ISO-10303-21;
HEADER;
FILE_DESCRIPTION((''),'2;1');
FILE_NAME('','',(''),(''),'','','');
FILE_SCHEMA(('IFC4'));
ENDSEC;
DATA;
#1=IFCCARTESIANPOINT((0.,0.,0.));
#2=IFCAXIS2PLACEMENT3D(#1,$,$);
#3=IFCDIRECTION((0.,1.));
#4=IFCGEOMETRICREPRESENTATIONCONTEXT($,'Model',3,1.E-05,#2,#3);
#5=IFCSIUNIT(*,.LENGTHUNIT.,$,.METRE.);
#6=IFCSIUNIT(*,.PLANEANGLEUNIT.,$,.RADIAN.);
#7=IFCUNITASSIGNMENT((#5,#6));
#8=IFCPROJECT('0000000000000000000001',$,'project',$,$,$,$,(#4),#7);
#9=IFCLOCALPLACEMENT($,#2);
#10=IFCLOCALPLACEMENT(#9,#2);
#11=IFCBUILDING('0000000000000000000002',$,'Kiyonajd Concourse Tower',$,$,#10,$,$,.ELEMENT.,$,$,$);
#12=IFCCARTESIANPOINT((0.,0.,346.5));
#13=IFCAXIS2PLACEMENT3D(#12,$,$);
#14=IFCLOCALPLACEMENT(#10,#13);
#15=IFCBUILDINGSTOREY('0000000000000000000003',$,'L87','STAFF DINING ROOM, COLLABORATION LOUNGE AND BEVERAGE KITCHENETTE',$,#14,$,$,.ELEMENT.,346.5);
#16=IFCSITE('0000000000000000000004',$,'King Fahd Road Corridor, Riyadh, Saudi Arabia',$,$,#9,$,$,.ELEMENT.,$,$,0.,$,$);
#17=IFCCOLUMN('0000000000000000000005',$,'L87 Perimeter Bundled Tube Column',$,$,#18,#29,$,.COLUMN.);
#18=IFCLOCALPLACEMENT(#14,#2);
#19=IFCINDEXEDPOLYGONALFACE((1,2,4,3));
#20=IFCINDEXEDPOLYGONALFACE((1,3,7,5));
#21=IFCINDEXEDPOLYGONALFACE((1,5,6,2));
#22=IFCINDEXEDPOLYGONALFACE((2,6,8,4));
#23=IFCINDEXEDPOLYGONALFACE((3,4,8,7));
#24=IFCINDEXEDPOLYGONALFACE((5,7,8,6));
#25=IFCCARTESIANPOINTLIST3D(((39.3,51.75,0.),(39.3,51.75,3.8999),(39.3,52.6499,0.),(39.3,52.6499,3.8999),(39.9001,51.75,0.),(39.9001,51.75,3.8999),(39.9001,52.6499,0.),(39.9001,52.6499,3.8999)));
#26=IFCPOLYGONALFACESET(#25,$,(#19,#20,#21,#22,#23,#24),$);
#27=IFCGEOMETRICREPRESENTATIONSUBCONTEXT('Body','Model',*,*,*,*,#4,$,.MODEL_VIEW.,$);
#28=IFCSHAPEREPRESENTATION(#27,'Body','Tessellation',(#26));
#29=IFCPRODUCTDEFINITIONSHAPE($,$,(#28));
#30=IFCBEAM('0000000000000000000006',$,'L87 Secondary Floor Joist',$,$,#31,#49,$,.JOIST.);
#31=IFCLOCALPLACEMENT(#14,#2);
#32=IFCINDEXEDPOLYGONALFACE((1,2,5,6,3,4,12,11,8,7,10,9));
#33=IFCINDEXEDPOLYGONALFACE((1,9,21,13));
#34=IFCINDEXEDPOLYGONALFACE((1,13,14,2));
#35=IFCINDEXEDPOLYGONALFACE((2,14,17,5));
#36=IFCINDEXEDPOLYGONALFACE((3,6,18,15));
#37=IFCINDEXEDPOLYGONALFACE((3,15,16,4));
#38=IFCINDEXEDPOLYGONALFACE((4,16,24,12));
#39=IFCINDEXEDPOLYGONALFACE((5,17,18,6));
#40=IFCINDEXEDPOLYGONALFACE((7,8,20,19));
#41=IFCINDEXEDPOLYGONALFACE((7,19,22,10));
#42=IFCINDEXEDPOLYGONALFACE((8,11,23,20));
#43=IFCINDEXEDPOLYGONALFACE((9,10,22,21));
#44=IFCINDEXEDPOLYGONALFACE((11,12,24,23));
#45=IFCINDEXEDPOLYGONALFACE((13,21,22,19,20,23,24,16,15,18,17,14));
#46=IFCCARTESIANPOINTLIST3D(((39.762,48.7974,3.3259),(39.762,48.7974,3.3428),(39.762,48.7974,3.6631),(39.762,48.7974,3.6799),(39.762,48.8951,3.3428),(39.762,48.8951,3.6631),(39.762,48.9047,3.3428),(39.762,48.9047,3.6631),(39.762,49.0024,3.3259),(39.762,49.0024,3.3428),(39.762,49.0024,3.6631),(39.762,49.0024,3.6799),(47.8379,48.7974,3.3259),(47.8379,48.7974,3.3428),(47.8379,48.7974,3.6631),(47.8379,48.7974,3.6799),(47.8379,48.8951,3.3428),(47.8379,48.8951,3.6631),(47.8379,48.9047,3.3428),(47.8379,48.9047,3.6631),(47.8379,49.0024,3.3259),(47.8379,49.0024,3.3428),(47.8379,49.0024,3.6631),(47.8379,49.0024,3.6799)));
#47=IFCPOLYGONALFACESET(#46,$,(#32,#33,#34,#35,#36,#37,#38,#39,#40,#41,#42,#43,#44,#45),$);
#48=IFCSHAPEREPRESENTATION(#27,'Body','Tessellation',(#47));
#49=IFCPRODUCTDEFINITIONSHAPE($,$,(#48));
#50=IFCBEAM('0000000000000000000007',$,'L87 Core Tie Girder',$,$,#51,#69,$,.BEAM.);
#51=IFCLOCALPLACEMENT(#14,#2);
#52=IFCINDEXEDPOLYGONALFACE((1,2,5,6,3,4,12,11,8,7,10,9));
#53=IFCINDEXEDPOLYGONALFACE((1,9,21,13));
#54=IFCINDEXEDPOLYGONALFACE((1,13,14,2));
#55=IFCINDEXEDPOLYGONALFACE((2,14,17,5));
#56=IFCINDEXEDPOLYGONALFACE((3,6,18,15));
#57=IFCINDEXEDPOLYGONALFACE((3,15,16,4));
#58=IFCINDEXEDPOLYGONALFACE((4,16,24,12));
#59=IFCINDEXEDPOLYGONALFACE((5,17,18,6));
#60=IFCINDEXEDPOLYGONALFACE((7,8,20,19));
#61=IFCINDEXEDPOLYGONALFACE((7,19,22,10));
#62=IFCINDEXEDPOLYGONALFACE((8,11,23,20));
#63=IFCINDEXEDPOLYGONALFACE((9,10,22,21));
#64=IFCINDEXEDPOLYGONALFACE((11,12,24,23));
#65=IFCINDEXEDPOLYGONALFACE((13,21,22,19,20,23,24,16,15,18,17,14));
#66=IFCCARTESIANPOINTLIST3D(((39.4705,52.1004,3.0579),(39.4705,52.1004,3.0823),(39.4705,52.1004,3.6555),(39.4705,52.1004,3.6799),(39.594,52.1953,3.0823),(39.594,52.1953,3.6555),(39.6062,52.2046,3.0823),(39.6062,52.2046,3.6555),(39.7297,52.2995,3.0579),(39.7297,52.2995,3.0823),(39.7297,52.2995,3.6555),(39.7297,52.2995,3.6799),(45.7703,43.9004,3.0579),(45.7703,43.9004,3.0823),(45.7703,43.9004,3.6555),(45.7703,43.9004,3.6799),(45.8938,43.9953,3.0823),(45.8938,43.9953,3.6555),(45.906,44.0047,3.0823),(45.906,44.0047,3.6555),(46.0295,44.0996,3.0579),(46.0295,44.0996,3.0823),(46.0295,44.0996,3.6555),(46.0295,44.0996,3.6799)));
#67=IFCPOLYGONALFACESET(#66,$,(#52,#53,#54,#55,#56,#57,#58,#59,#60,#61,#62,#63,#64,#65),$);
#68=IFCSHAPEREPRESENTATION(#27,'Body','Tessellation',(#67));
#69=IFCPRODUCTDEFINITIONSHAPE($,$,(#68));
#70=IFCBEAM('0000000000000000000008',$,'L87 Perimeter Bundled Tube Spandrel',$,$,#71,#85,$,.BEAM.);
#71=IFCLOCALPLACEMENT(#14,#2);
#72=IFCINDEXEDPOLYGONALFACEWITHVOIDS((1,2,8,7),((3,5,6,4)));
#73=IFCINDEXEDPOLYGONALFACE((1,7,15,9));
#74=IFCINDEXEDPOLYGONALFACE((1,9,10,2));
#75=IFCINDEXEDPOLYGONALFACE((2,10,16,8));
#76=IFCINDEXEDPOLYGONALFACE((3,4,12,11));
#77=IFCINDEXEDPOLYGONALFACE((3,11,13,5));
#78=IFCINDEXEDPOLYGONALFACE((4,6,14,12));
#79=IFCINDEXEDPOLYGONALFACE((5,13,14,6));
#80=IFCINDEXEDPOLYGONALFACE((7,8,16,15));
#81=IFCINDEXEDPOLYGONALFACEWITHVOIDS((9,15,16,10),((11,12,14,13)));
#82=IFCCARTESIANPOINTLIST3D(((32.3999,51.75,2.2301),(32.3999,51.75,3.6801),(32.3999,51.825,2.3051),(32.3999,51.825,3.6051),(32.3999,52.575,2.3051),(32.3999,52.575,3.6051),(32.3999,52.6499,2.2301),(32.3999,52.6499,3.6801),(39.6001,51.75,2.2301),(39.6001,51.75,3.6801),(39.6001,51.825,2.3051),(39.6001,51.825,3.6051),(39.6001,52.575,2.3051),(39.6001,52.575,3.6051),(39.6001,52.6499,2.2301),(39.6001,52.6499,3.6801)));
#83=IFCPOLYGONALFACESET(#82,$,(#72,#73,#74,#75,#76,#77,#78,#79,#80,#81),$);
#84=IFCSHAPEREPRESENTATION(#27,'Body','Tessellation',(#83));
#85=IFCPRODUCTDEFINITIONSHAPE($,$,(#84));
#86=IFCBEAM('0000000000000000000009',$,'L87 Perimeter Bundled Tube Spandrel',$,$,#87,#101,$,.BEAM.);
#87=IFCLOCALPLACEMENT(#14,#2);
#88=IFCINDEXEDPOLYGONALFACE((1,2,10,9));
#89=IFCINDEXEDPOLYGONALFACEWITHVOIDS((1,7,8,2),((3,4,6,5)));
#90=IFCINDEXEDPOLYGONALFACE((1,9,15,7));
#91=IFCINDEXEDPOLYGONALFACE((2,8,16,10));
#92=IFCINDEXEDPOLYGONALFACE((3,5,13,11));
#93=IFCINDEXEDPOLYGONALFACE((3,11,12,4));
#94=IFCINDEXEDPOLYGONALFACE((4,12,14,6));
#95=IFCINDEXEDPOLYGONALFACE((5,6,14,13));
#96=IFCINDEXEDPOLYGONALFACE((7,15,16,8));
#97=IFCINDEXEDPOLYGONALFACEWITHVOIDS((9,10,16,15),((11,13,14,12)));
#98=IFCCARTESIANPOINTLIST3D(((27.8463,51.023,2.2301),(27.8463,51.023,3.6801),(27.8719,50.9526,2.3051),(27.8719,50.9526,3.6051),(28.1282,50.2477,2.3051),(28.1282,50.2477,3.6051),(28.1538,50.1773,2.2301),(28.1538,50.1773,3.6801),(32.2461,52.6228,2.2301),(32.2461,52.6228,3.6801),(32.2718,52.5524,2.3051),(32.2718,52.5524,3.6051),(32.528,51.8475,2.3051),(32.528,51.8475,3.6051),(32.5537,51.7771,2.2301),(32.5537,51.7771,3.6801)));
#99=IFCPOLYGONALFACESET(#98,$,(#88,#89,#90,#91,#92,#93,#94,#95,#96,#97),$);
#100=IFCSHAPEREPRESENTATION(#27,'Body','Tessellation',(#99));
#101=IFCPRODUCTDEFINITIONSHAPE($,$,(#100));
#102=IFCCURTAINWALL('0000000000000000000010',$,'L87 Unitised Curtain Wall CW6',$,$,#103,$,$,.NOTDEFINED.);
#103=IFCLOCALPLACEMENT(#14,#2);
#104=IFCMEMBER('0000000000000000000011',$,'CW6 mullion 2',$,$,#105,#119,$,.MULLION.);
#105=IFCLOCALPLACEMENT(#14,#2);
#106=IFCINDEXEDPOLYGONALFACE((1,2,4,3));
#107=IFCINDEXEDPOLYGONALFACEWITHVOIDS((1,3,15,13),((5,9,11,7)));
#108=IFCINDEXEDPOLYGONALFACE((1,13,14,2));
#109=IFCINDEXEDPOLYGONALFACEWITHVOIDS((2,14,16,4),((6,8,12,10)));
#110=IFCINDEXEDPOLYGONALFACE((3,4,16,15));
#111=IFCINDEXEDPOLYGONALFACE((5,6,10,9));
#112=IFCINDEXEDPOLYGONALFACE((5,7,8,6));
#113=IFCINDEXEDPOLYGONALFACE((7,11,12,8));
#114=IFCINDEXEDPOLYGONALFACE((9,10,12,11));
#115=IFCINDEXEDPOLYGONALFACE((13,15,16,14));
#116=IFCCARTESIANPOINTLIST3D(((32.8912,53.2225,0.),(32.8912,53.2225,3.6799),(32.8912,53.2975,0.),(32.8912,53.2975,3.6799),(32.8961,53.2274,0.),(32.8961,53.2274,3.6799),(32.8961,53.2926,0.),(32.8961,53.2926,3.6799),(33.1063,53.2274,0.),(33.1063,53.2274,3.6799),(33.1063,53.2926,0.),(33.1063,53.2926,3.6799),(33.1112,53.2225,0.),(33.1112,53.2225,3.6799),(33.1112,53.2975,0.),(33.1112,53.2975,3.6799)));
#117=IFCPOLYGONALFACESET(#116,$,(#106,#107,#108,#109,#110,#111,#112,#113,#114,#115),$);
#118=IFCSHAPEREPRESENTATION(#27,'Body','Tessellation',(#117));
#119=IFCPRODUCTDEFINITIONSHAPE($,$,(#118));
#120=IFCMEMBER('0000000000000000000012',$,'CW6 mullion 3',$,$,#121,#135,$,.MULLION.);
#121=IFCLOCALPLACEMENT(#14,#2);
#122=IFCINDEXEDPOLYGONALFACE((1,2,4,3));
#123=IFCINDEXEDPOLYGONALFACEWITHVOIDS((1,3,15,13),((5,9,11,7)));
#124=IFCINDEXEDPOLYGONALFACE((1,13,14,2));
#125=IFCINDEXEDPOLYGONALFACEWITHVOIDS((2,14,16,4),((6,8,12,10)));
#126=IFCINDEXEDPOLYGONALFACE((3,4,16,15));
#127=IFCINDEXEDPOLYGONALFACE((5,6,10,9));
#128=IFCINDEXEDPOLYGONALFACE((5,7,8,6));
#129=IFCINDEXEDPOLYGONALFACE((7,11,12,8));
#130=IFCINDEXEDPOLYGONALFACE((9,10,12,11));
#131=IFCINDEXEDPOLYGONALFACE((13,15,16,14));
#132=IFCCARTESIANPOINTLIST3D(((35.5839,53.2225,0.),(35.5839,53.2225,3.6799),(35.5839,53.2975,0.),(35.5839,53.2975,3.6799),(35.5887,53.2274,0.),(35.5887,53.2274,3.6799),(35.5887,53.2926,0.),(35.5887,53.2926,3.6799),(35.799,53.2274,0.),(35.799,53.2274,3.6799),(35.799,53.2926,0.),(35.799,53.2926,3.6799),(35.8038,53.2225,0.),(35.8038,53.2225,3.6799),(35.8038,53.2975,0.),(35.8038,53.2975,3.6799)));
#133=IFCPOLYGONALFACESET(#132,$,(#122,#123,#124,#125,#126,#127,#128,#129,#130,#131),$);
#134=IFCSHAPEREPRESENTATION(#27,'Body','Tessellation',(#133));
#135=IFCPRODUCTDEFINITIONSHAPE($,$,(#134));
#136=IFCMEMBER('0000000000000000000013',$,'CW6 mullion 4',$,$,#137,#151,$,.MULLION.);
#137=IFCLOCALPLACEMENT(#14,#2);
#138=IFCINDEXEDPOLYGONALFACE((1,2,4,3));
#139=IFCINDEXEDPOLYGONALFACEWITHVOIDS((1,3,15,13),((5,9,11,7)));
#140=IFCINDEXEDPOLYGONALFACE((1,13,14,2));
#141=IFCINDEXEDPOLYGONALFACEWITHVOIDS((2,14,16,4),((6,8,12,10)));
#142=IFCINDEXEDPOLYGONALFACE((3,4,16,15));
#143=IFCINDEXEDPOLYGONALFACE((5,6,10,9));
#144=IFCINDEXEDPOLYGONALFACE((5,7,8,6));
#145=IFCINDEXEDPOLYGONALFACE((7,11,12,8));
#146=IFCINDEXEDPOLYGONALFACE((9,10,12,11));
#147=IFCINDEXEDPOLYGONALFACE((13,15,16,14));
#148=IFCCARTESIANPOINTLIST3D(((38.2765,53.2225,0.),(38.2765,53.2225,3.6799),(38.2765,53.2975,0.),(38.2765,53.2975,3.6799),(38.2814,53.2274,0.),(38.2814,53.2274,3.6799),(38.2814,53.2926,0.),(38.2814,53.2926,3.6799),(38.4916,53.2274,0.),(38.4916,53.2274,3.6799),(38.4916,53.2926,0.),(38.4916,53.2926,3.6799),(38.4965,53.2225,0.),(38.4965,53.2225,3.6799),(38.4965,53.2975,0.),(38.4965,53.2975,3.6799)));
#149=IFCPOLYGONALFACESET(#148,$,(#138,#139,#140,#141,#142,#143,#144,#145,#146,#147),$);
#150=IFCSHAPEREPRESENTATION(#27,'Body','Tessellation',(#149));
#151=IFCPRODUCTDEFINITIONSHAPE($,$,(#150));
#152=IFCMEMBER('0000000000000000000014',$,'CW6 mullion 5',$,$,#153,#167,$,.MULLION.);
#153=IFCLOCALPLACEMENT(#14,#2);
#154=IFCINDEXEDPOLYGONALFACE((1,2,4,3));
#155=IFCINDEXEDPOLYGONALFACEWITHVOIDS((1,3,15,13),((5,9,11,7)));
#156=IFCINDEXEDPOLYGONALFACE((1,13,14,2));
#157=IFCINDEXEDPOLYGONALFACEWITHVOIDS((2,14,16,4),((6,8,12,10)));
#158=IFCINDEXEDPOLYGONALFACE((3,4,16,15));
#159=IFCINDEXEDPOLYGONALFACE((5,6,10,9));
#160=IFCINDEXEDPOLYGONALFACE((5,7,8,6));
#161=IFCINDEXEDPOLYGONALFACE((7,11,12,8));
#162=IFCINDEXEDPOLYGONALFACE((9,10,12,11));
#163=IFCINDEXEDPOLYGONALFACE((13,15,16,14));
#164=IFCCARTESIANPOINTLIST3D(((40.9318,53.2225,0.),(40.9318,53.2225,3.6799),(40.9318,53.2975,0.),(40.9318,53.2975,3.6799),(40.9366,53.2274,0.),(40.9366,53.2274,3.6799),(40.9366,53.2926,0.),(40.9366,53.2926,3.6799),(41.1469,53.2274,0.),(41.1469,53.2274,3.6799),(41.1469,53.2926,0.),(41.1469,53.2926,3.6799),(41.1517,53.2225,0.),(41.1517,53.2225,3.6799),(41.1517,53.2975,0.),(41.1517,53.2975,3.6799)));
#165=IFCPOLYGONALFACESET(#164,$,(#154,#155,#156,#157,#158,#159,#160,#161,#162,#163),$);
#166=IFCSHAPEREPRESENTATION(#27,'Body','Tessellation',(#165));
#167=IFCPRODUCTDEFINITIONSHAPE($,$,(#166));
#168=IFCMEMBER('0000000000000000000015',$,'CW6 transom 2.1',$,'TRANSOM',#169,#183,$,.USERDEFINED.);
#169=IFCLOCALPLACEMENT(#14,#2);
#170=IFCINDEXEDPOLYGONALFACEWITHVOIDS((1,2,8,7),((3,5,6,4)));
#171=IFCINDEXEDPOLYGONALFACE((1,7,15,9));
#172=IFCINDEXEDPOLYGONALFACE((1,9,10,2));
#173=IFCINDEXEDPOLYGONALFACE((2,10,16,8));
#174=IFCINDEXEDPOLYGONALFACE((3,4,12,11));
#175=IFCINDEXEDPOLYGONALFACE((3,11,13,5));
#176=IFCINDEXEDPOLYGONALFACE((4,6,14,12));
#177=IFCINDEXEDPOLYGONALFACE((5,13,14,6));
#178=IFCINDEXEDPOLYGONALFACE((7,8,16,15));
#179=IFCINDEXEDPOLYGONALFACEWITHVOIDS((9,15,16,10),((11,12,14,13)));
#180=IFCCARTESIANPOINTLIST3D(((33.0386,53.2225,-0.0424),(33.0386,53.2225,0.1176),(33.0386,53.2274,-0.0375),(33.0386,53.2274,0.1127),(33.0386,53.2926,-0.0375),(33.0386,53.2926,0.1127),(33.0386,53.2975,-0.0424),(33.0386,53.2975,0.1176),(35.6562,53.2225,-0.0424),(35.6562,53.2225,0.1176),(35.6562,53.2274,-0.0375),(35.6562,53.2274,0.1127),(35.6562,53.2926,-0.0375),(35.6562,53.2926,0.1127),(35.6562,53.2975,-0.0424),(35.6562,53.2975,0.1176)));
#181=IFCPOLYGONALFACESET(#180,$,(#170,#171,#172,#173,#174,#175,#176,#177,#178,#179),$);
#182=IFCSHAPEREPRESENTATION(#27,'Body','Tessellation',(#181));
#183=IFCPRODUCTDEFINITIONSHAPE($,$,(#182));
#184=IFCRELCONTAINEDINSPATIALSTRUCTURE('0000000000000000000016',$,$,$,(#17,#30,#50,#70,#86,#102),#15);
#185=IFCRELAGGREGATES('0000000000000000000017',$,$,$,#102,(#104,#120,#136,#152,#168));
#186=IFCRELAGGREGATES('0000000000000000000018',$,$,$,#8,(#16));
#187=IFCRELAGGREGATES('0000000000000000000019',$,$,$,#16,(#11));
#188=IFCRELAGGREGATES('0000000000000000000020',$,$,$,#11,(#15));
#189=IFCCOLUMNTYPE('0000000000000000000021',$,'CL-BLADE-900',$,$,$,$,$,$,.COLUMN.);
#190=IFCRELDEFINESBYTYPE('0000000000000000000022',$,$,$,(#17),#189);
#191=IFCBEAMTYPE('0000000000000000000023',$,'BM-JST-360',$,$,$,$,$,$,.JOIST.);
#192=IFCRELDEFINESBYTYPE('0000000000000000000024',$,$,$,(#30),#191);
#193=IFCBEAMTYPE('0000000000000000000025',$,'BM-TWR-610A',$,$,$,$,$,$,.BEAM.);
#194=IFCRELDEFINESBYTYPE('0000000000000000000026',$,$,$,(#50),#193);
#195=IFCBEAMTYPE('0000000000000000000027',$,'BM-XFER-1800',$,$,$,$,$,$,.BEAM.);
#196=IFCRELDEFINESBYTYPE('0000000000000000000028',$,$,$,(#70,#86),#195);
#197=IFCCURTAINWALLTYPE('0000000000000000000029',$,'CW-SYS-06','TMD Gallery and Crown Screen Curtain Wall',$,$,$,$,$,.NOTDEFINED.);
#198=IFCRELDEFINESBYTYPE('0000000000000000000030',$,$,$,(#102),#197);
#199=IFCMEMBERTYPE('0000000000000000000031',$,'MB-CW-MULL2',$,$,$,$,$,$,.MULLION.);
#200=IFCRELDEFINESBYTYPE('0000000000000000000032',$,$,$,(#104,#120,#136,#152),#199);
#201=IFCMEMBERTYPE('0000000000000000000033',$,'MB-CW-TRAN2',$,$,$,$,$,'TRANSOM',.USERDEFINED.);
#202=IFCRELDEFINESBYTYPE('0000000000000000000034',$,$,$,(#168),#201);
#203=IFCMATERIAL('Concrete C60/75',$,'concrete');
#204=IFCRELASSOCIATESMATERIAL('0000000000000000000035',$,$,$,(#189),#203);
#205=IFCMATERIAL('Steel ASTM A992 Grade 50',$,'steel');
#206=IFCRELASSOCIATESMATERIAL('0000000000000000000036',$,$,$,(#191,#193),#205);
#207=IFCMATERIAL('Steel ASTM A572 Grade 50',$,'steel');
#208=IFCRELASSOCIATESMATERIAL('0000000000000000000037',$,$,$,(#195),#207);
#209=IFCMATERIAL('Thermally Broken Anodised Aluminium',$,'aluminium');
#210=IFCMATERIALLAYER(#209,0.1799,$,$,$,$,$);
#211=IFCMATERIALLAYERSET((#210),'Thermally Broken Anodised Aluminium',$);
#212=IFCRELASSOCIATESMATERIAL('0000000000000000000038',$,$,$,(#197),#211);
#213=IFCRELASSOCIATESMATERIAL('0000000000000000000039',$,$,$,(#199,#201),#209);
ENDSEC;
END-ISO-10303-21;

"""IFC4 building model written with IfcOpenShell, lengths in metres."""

from ifc_helpers import new_model, si_unit, direction, frame, origin, origin_2d, place, context, subcontext, project, spatial, rectangle, hollow_rectangle, i_section, extrude, material, layer, layer_set, material_profile, profile_set, type_object, element, aggregate, save


model = new_model("IFC4")

# Units and contexts
model_context = context("Model", 3, precision=1e-05, world=origin(), true_north=direction((0.0, 1.0)))
body_context = subcontext(model_context, "Body", "Model", "MODEL_VIEW")
ifc_project = project(units=[si_unit("LENGTHUNIT", "METRE"), si_unit("PLANEANGLEUNIT", "RADIAN")], contexts=[model_context])

# Site, building, storey
site_placement = place(None, origin())
site = spatial("IfcSite", under=ifc_project, at=site_placement, Name="King Fahd Road Corridor, Riyadh, Saudi Arabia", CompositionType="ELEMENT", RefElevation=0.0)
building_placement = place(site_placement, origin())
building = spatial("IfcBuilding", under=site, at=building_placement, Name="Kiyonajd Concourse Tower", CompositionType="ELEMENT")
storey_placement = place(building_placement, frame((0.0, 0.0, 346.5)))
storey = spatial("IfcBuildingStorey", under=building, at=storey_placement, Name="L87", Description="STAFF DINING ROOM, COLLABORATION LOUNGE AND BEVERAGE KITCHENETTE", CompositionType="ELEMENT", Elevation=346.5)

# Column
ifc_material_1 = material(Name="Concrete C60/75", Category="concrete")
ifc_material_profile_1 = material_profile(ifc_material_1, rectangle(XDim=0.6001, YDim=0.8999, at=origin_2d()), Name="RC-900x600")
ifc_profile_set_1 = profile_set([ifc_material_profile_1], Name="Concrete C60/75")
column_type = type_object("IfcColumnType", Name="CL-BLADE-900", PredefinedType="COLUMN", material=ifc_profile_set_1)
column_placement = place(storey_placement, frame((39.6001, 52.2, 0.0), z_axis=(0.0, 0.0, 1.0), x_axis=(1.0, 0.0, 0.0)))
element("IfcColumn", 1, at=column_placement, inside=storey, type_object=column_type, Name="L87 Perimeter Bundled Tube Column", PredefinedType="COLUMN", context=body_context, shape_type="SweptSolid", body=[
    extrude(rectangle(XDim=0.6001, YDim=0.8999, at=origin_2d()), origin(), (0.0, 0.0, 1.0), 3.8999),
])

# Beams
ifc_material_2 = material(Name="Steel ASTM A992 Grade 50", Category="steel")
ifc_material_profile_2 = material_profile(ifc_material_2, i_section(OverallWidth=0.2051, OverallDepth=0.354, WebThickness=0.0095, FlangeThickness=0.0168, at=origin_2d()), Name="W360X79")
ifc_profile_set_2 = profile_set([ifc_material_profile_2], Name="Steel ASTM A992 Grade 50")
beam_type_1 = type_object("IfcBeamType", Name="BM-JST-360", PredefinedType="JOIST", material=ifc_profile_set_2)
beam_1_placement = place(storey_placement, frame((39.762, 48.8999, 3.5029), z_axis=(1.0, 0.0, 0.0), x_axis=(0.0, 1.0, 0.0)))
element("IfcBeam", 2, at=beam_1_placement, inside=storey, type_object=beam_type_1, Name="L87 Secondary Floor Joist", PredefinedType="JOIST", context=body_context, shape_type="SweptSolid", body=[
    extrude(i_section(OverallWidth=0.2051, OverallDepth=0.354, WebThickness=0.0095, FlangeThickness=0.0168, at=origin_2d()), origin(), (0.0, 0.0, 1.0), 8.0759),
])
ifc_material_profile_3 = material_profile(ifc_material_2, i_section(OverallWidth=0.3269, OverallDepth=0.6221, WebThickness=0.0154, FlangeThickness=0.0244, at=origin_2d()), Name="W610X195")
ifc_profile_set_3 = profile_set([ifc_material_profile_3], Name="Steel ASTM A992 Grade 50")
beam_type_2 = type_object("IfcBeamType", Name="BM-TWR-610A", PredefinedType="BEAM", material=ifc_profile_set_3)
beam_2_placement = place(storey_placement, frame((39.6001, 52.2, 3.3689), z_axis=(0.609234, -0.792991, 0.0), x_axis=(0.792991, 0.609234, 0.0)))
element("IfcBeam", 3, at=beam_2_placement, inside=storey, type_object=beam_type_2, Name="L87 Core Tie Girder", PredefinedType="BEAM", context=body_context, shape_type="SweptSolid", body=[
    extrude(i_section(OverallWidth=0.3269, OverallDepth=0.6221, WebThickness=0.0154, FlangeThickness=0.0244, at=origin_2d()), origin(), (0.0, 0.0, 1.0), 10.3406),
])
ifc_material_3 = material(Name="Steel ASTM A572 Grade 50", Category="steel")
ifc_material_profile_4 = material_profile(ifc_material_3, hollow_rectangle(XDim=0.8999, YDim=1.45, WallThickness=0.075, at=origin_2d()), Name="BOX-1450x900x75")
ifc_profile_set_4 = profile_set([ifc_material_profile_4], Name="Steel ASTM A572 Grade 50")
beam_type_3 = type_object("IfcBeamType", Name="BM-XFER-1800", PredefinedType="BEAM", material=ifc_profile_set_4)
beam_3_placement = place(storey_placement, frame((39.6001, 52.2, 2.9551), z_axis=(-1.0, 0.0, 0.0), x_axis=(0.0, -1.0, 0.0)))
element("IfcBeam", 4, at=beam_3_placement, inside=storey, type_object=beam_type_3, Name="L87 Perimeter Bundled Tube Spandrel", PredefinedType="BEAM", context=body_context, shape_type="SweptSolid", body=[
    extrude(hollow_rectangle(XDim=0.8999, YDim=1.45, WallThickness=0.075, at=origin_2d()), origin(), (0.0, 0.0, 1.0), 7.2002),
])
beam_4_placement = place(storey_placement, frame((32.3999, 52.2, 2.9551), z_axis=(-0.939801, -0.341722, 0.0), x_axis=(0.341722, -0.939801, 0.0)))
element("IfcBeam", 5, at=beam_4_placement, inside=storey, type_object=beam_type_3, Name="L87 Perimeter Bundled Tube Spandrel", PredefinedType="BEAM", context=body_context, shape_type="SweptSolid", body=[
    extrude(hollow_rectangle(XDim=0.8999, YDim=1.45, WallThickness=0.075, at=origin_2d()), origin(), (0.0, 0.0, 1.0), 4.6816),
])

# Curtain wall, members
ifc_material_4 = material(Name="Thermally Broken Anodised Aluminium", Category="aluminium")
ifc_layer_1 = layer(ifc_material_4, 0.1799)
ifc_layer_set_1 = layer_set([ifc_layer_1], Name="Thermally Broken Anodised Aluminium")
curtain_wall_type = type_object("IfcCurtainWallType", Name="CW-SYS-06", Description="TMD Gallery and Crown Screen Curtain Wall", PredefinedType="NOTDEFINED", material=ifc_layer_set_1)
curtain_wall_placement = place(storey_placement, origin())
curtain_wall = element("IfcCurtainWall", 6, at=curtain_wall_placement, inside=storey, type_object=curtain_wall_type, Name="L87 Unitised Curtain Wall CW6", PredefinedType="NOTDEFINED")
ifc_material_profile_5 = material_profile(ifc_material_4, hollow_rectangle(XDim=0.075, YDim=0.22, WallThickness=0.0049, at=origin_2d()), Name="MULL-75x220")
ifc_profile_set_5 = profile_set([ifc_material_profile_5], Name="Thermally Broken Anodised Aluminium")
member_type_1 = type_object("IfcMemberType", Name="MB-CW-MULL2", PredefinedType="MULLION", material=ifc_profile_set_5)
member_1_placement = place(storey_placement, frame((33.0012, 53.26, 0.0), z_axis=(0.0, 0.0, 1.0), x_axis=(0.0, 1.0, 0.0)))
member_1 = element("IfcMember", 7, at=member_1_placement, type_object=member_type_1, Name="CW6 mullion 2", PredefinedType="MULLION", context=body_context, shape_type="SweptSolid", body=[
    extrude(hollow_rectangle(XDim=0.075, YDim=0.22, WallThickness=0.0049, at=origin_2d()), origin(), (0.0, 0.0, 1.0), 3.6799),
])
member_2_placement = place(storey_placement, frame((35.6938, 53.26, 0.0), z_axis=(0.0, 0.0, 1.0), x_axis=(0.0, 1.0, 0.0)))
member_2 = element("IfcMember", 8, at=member_2_placement, type_object=member_type_1, Name="CW6 mullion 3", PredefinedType="MULLION", context=body_context, shape_type="SweptSolid", body=[
    extrude(hollow_rectangle(XDim=0.075, YDim=0.22, WallThickness=0.0049, at=origin_2d()), origin(), (0.0, 0.0, 1.0), 3.6799),
])
member_3_placement = place(storey_placement, frame((38.3865, 53.26, 0.0), z_axis=(0.0, 0.0, 1.0), x_axis=(0.0, 1.0, 0.0)))
member_3 = element("IfcMember", 9, at=member_3_placement, type_object=member_type_1, Name="CW6 mullion 4", PredefinedType="MULLION", context=body_context, shape_type="SweptSolid", body=[
    extrude(hollow_rectangle(XDim=0.075, YDim=0.22, WallThickness=0.0049, at=origin_2d()), origin(), (0.0, 0.0, 1.0), 3.6799),
])
member_4_placement = place(storey_placement, frame((41.0417, 53.26, 0.0), z_axis=(0.0, 0.0, 1.0), x_axis=(0.0, 1.0, 0.0)))
member_4 = element("IfcMember", 10, at=member_4_placement, type_object=member_type_1, Name="CW6 mullion 5", PredefinedType="MULLION", context=body_context, shape_type="SweptSolid", body=[
    extrude(hollow_rectangle(XDim=0.075, YDim=0.22, WallThickness=0.0049, at=origin_2d()), origin(), (0.0, 0.0, 1.0), 3.6799),
])
ifc_material_profile_6 = material_profile(ifc_material_4, hollow_rectangle(XDim=0.075, YDim=0.1599, WallThickness=0.0049, at=origin_2d()), Name="TRAN-75x160")
ifc_profile_set_6 = profile_set([ifc_material_profile_6], Name="Thermally Broken Anodised Aluminium")
member_type_2 = type_object("IfcMemberType", Name="MB-CW-TRAN2", ElementType="TRANSOM", PredefinedType="USERDEFINED", material=ifc_profile_set_6)
member_5_placement = place(storey_placement, frame((33.0386, 53.26, 0.0376), z_axis=(1.0, 0.0, 0.0), x_axis=(0.0, 1.0, 0.0)))
member_5 = element("IfcMember", 11, at=member_5_placement, type_object=member_type_2, Name="CW6 transom 2.1", ObjectType="TRANSOM", PredefinedType="USERDEFINED", context=body_context, shape_type="SweptSolid", body=[
    extrude(hollow_rectangle(XDim=0.075, YDim=0.1599, WallThickness=0.0049, at=origin_2d()), origin(), (0.0, 0.0, 1.0), 2.6177),
])

aggregate(curtain_wall, [member_1, member_2, member_3, member_4, member_5])

save(model, "model.ifc")
